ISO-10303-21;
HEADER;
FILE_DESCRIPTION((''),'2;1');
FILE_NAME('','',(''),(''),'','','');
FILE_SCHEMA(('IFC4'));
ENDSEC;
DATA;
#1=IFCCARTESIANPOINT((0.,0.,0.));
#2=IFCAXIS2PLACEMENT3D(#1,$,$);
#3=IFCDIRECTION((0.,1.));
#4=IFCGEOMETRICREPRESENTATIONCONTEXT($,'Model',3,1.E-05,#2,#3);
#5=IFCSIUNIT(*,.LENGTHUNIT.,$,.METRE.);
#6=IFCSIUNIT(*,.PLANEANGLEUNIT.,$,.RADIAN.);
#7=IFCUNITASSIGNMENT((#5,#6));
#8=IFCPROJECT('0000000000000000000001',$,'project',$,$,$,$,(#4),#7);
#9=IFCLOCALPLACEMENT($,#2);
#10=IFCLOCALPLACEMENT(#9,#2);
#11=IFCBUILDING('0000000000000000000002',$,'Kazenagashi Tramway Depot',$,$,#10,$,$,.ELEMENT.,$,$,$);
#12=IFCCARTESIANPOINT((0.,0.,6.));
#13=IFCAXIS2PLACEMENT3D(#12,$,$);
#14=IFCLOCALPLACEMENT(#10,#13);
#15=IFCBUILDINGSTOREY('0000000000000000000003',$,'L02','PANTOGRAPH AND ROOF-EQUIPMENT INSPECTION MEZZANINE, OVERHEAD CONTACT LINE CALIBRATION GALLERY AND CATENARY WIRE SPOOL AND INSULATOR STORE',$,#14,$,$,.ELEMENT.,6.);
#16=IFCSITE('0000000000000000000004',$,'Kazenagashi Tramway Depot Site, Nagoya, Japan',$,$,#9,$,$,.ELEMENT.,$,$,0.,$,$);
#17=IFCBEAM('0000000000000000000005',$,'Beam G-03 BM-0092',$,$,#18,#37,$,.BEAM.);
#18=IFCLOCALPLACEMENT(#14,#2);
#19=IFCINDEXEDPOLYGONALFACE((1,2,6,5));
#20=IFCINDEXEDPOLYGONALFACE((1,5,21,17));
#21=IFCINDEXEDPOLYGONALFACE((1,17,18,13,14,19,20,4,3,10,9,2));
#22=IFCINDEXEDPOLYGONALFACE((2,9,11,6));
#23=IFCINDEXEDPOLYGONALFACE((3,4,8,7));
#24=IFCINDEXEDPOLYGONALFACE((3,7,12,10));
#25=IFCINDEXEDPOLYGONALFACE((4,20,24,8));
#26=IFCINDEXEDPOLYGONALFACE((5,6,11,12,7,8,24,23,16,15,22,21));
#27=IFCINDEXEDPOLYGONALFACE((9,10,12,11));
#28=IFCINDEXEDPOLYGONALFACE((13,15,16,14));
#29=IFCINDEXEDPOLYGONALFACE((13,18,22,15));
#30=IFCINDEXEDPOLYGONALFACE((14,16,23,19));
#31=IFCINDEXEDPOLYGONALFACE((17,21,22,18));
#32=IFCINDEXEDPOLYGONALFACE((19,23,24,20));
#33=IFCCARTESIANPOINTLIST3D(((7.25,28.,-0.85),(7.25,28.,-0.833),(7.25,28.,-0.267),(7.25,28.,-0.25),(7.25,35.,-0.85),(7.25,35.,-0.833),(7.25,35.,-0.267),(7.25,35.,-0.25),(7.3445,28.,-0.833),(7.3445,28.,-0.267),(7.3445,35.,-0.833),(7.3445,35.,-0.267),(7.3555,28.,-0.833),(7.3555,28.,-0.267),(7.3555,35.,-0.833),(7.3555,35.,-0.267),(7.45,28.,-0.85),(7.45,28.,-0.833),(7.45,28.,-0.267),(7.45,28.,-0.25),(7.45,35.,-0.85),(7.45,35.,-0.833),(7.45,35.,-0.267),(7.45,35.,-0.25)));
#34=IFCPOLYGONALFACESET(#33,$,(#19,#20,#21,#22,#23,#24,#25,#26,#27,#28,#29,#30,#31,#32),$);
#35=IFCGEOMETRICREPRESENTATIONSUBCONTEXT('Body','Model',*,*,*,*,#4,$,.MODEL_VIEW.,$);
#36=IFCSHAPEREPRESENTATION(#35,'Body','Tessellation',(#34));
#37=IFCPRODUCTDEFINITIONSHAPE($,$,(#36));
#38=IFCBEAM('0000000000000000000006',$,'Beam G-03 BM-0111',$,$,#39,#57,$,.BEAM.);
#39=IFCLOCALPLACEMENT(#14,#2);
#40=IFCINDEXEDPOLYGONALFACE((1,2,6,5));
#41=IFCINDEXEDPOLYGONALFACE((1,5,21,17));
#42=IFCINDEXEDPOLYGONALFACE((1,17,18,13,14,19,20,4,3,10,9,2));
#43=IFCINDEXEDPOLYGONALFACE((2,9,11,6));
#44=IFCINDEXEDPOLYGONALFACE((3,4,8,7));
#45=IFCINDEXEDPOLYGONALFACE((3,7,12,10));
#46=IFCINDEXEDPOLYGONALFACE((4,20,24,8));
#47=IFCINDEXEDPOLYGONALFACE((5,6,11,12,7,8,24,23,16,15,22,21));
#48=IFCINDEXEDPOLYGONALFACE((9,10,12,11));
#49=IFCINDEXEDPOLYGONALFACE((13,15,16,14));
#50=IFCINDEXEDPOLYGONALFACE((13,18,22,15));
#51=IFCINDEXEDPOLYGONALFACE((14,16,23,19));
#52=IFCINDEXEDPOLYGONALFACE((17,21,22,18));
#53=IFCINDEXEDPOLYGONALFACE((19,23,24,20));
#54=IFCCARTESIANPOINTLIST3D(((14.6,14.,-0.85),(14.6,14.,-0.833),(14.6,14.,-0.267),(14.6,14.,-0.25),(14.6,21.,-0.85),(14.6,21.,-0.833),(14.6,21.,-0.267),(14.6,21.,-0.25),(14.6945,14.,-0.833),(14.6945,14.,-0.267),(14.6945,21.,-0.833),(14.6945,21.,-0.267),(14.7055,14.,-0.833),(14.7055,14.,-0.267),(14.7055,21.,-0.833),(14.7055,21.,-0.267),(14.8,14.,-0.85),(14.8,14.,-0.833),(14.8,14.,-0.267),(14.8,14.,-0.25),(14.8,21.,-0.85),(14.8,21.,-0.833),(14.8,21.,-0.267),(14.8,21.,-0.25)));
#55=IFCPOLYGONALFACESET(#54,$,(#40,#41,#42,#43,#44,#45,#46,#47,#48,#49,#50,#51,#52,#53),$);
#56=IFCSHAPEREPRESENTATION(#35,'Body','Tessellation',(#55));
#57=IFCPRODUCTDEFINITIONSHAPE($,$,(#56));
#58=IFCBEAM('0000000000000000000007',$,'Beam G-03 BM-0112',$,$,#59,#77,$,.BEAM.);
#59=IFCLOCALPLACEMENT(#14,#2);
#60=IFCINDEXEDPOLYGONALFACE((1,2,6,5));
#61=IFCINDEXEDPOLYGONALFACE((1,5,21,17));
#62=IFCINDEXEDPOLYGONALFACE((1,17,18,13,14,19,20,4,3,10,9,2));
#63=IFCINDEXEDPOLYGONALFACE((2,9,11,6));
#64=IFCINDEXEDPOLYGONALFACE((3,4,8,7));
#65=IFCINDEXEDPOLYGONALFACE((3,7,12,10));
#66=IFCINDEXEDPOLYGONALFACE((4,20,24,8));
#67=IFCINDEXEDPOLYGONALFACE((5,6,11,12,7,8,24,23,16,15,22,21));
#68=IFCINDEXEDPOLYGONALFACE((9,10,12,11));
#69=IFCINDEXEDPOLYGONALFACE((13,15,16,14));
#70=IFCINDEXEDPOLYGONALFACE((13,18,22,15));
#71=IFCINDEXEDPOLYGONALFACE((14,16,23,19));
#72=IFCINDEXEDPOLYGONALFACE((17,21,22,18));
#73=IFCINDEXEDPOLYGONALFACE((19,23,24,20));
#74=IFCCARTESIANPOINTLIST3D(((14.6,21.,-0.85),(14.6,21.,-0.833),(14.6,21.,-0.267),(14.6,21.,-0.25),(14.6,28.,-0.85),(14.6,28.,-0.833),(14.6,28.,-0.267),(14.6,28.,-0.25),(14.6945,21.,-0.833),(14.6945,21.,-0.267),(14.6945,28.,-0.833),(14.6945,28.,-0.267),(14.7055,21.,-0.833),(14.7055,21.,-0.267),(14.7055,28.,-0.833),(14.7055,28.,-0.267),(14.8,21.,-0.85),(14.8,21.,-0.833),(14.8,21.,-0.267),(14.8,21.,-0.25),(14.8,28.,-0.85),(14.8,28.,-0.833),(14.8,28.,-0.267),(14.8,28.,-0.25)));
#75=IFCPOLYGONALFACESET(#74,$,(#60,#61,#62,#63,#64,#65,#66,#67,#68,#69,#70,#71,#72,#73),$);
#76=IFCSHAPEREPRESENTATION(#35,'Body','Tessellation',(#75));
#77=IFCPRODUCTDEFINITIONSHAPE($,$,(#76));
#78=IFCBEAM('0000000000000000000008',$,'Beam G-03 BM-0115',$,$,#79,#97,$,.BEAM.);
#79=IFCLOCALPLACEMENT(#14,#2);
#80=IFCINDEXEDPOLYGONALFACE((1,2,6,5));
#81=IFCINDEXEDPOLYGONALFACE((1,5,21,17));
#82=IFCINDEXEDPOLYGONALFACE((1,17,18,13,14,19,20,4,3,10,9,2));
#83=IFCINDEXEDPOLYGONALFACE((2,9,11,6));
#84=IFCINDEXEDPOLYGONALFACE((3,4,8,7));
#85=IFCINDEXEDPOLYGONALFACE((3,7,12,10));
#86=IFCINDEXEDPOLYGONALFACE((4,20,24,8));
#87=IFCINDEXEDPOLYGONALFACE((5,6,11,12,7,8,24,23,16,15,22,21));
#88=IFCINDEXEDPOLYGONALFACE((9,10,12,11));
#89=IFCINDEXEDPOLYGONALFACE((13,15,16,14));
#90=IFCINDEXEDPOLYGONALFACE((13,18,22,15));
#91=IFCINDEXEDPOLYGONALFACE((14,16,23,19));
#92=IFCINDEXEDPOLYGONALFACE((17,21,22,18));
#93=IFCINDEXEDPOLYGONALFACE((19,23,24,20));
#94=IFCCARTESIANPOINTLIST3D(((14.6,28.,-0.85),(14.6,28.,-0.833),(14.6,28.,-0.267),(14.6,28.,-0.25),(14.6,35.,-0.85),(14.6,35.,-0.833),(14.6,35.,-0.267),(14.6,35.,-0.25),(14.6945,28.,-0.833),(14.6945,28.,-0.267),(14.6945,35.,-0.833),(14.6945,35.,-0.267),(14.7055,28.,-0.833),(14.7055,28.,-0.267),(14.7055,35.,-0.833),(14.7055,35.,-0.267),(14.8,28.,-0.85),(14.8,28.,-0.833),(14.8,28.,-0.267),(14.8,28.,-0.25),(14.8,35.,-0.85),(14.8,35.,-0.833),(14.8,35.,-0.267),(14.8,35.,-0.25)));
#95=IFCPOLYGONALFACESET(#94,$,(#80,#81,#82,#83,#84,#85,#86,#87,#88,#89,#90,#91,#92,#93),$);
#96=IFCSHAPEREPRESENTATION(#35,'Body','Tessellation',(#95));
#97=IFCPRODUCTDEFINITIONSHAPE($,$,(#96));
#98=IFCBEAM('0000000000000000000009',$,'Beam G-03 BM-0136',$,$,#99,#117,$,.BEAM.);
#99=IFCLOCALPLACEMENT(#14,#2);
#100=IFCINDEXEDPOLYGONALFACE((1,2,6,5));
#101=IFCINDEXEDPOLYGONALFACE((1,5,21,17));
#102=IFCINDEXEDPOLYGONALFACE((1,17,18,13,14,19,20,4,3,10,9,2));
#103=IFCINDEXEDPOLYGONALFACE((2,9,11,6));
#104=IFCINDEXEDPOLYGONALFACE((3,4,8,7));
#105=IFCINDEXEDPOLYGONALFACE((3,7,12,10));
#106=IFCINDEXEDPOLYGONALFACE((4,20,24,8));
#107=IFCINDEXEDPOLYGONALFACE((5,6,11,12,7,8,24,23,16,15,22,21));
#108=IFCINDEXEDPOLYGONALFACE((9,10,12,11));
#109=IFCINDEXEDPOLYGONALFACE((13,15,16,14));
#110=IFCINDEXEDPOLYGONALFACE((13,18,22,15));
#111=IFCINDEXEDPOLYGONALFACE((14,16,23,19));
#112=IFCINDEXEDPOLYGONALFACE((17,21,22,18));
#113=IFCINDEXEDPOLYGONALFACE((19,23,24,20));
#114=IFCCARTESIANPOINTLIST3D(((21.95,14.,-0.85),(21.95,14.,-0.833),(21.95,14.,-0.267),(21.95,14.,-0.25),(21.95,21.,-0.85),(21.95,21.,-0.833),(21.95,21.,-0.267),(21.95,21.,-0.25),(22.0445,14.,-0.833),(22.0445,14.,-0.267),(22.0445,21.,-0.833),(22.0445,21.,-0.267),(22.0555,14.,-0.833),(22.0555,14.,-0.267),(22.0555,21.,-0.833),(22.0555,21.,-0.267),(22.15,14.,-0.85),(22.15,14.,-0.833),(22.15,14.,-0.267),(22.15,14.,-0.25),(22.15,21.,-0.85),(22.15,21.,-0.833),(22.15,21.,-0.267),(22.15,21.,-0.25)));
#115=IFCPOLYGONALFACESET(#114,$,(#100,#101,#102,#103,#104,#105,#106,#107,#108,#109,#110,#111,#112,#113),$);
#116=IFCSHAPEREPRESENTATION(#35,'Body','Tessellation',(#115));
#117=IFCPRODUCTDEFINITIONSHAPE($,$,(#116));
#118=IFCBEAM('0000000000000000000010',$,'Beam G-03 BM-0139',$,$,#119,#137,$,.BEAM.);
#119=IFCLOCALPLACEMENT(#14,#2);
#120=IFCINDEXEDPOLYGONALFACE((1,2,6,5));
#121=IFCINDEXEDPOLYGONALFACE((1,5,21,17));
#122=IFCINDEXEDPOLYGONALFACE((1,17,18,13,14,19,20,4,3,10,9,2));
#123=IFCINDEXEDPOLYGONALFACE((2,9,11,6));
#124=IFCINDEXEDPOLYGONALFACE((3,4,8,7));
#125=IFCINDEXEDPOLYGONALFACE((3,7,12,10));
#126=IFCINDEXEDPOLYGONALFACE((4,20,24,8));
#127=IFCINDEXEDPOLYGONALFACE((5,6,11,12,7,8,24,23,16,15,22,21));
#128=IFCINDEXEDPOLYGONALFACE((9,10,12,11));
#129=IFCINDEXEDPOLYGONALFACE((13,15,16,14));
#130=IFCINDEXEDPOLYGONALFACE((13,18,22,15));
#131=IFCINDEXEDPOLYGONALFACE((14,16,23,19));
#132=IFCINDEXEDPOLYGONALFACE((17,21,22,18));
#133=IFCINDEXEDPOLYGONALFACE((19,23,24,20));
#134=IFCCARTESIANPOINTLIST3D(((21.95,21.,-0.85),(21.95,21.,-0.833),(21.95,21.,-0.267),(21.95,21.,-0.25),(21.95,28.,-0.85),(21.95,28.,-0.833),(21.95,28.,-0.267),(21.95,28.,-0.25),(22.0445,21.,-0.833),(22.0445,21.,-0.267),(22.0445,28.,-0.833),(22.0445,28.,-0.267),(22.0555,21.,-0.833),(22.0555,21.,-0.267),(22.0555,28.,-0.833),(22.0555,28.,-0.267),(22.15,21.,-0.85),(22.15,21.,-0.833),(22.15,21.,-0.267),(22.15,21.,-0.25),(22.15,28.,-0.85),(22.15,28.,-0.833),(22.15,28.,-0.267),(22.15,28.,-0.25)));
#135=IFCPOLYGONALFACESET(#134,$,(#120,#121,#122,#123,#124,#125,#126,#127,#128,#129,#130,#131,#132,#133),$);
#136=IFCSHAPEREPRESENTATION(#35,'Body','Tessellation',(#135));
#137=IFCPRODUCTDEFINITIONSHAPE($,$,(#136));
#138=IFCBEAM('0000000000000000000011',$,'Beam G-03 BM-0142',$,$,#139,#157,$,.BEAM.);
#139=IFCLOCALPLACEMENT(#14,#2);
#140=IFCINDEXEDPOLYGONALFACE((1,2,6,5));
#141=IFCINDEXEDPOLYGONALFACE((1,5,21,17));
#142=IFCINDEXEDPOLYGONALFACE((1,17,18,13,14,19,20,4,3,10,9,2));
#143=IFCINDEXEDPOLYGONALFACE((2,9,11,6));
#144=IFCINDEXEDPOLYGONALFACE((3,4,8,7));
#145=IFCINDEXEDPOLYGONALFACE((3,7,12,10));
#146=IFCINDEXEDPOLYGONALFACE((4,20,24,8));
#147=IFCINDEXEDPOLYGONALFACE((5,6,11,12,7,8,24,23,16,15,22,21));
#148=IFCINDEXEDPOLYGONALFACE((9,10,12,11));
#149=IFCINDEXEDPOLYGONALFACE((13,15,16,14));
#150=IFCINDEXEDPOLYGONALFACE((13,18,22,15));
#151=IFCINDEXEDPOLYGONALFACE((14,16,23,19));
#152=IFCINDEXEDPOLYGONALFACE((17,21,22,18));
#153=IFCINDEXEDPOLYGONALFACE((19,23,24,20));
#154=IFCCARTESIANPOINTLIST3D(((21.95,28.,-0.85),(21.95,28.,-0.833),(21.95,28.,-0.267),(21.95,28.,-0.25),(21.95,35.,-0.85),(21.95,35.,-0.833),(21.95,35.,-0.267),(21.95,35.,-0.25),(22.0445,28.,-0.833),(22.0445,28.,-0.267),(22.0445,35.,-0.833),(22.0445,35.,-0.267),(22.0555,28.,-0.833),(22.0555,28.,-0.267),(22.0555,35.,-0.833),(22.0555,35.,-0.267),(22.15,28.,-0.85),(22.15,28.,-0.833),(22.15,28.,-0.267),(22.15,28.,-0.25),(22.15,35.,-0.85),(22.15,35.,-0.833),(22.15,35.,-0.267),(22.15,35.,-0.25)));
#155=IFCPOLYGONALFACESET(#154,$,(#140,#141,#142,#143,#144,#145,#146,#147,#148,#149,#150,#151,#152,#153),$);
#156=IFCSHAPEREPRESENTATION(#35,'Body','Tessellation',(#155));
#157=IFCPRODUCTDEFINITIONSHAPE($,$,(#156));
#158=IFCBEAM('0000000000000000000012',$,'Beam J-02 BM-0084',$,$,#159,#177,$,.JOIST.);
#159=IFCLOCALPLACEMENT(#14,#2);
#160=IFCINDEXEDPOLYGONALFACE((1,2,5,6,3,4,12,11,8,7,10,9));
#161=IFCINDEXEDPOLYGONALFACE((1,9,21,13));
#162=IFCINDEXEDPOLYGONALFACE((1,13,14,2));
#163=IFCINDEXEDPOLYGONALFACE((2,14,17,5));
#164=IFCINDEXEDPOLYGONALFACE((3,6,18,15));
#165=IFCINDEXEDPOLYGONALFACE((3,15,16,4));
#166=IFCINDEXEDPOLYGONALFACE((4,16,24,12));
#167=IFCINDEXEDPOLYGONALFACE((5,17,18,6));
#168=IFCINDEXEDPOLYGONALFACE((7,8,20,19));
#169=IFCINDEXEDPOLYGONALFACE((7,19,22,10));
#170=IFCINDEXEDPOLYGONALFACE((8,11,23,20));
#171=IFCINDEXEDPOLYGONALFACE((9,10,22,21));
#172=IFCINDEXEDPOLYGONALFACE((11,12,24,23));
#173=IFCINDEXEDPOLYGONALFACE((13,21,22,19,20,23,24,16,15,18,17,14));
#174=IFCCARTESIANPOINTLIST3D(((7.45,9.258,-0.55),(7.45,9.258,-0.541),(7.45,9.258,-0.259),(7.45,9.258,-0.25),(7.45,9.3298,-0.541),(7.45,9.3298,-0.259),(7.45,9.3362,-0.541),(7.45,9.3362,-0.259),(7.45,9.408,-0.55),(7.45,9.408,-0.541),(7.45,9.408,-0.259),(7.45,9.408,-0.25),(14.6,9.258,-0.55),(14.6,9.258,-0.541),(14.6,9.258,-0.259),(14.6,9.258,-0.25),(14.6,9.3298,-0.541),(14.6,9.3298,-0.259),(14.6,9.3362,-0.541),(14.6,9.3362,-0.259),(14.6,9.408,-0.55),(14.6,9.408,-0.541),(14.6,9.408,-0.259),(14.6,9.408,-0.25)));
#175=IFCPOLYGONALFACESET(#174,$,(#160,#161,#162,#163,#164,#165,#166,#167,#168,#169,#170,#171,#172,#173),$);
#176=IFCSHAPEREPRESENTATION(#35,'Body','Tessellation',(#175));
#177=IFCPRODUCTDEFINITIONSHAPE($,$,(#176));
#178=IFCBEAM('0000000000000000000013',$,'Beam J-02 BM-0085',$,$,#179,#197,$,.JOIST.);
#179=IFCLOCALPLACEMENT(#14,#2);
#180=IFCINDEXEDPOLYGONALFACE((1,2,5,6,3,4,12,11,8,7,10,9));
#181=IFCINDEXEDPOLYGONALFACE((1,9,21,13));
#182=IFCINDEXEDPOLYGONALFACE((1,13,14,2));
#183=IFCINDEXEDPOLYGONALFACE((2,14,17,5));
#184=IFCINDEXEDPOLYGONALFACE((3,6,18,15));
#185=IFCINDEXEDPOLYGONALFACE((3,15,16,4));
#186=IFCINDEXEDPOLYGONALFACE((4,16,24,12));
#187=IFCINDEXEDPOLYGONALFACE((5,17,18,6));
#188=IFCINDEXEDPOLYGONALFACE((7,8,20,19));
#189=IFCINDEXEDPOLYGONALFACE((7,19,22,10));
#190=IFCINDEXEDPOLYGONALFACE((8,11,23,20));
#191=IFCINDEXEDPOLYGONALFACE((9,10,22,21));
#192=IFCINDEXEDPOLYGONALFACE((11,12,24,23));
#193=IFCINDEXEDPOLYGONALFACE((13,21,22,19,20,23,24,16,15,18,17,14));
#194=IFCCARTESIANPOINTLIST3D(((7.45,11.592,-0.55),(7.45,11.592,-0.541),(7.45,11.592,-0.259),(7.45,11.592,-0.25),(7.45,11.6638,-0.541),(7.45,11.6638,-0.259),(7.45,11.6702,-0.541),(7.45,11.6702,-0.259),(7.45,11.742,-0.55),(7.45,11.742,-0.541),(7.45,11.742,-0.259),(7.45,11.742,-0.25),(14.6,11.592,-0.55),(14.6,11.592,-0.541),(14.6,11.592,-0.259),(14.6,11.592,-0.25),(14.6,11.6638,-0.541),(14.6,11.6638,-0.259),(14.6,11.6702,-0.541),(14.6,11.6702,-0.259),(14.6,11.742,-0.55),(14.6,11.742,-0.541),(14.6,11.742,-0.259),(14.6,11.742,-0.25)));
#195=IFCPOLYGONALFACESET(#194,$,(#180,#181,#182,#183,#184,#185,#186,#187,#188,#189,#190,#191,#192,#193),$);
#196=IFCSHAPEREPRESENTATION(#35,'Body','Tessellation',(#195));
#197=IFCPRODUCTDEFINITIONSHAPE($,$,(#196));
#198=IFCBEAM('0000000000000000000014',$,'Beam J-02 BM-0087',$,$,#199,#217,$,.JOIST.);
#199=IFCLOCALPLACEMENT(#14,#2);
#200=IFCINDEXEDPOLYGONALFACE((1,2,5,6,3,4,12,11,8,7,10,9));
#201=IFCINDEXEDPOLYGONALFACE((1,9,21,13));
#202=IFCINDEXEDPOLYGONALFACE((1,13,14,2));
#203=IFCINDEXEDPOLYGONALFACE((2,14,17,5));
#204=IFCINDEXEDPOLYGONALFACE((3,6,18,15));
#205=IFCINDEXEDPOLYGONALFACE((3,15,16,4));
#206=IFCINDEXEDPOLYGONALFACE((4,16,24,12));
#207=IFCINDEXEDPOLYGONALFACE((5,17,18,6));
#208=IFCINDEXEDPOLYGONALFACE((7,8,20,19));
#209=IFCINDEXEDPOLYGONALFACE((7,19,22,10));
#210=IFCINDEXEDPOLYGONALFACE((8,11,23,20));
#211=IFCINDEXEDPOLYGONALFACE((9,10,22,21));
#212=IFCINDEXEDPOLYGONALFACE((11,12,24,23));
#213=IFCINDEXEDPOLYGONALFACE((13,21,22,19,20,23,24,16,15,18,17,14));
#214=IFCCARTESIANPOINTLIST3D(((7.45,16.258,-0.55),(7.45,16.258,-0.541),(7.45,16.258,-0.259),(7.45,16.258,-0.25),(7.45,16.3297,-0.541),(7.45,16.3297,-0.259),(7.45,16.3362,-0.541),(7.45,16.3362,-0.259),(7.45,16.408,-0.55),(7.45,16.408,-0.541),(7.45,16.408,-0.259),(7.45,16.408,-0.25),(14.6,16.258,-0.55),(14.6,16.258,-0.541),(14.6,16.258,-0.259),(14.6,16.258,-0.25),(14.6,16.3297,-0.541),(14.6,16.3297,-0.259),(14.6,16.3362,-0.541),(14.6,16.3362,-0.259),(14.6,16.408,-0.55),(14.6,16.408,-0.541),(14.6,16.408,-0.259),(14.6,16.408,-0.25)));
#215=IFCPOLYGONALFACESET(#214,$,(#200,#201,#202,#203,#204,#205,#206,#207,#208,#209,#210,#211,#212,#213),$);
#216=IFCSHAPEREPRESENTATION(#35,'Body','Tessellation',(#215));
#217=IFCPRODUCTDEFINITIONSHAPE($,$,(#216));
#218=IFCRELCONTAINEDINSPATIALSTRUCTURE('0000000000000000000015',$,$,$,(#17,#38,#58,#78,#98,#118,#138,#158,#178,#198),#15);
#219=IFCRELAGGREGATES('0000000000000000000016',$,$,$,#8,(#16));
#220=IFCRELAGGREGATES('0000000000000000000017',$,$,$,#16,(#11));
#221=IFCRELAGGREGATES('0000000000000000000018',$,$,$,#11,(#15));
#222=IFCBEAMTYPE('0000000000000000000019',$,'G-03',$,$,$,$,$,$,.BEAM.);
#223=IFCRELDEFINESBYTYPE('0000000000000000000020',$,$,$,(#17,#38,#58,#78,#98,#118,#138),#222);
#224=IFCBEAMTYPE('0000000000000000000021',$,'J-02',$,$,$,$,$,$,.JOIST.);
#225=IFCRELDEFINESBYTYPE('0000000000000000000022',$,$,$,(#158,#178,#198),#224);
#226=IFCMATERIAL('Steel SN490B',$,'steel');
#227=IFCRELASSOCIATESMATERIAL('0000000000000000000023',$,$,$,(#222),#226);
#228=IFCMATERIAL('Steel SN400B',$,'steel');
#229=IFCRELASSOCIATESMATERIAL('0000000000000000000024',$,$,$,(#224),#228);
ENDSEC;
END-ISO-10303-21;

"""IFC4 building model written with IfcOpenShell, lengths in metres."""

from ifc_helpers import new_model, si_unit, direction, frame, origin, origin_2d, place, context, subcontext, project, spatial, i_section, extrude, material, material_profile, profile_set, type_object, element, save


model = new_model("IFC4")

# Units and contexts
model_context = context("Model", 3, precision=1e-05, world=origin(), true_north=direction((0.0, 1.0)))
body_context = subcontext(model_context, "Body", "Model", "MODEL_VIEW")
ifc_project = project(units=[si_unit("LENGTHUNIT", "METRE"), si_unit("PLANEANGLEUNIT", "RADIAN")], contexts=[model_context])

# Site, building, storey
site_placement = place(None, origin())
site = spatial("IfcSite", under=ifc_project, at=site_placement, Name="Kazenagashi Tramway Depot Site, Nagoya, Japan", CompositionType="ELEMENT", RefElevation=0.0)
building_placement = place(site_placement, origin())
building = spatial("IfcBuilding", under=site, at=building_placement, Name="Kazenagashi Tramway Depot", CompositionType="ELEMENT")
storey_placement = place(building_placement, frame((0.0, 0.0, 6.0)))
storey = spatial("IfcBuildingStorey", under=building, at=storey_placement, Name="L02", Description="PANTOGRAPH AND ROOF-EQUIPMENT INSPECTION MEZZANINE, OVERHEAD CONTACT LINE CALIBRATION GALLERY AND CATENARY WIRE SPOOL AND INSULATOR STORE", CompositionType="ELEMENT", Elevation=6.0)

# Shared definitions
ifc_material_1 = material(Name="Steel SN490B", Category="steel")

# Beams
ifc_material_profile_1 = material_profile(ifc_material_1, i_section(OverallWidth=0.2, OverallDepth=0.6, WebThickness=0.011, FlangeThickness=0.017, at=origin_2d()), Name="H-600x200x11x17")
ifc_profile_set_1 = profile_set([ifc_material_profile_1], Name="Steel SN490B")
beam_type_1 = type_object("IfcBeamType", Name="G-03", PredefinedType="BEAM", material=ifc_profile_set_1)
for number, where, z_axis, x_axis, name in (
    (1, (7.35, 28.0, -0.55), (0.0, 1.0, 0.0), (-1.0, 0.0, 0.0), "Beam G-03 BM-0092"),
    (2, (14.7, 14.0, -0.55), (0.0, 1.0, 0.0), (-1.0, 0.0, 0.0), "Beam G-03 BM-0111"),
    (3, (14.7, 21.0, -0.55), (0.0, 1.0, 0.0), (-1.0, 0.0, 0.0), "Beam G-03 BM-0112"),
    (4, (14.7, 28.0, -0.55), (0.0, 1.0, 0.0), (-1.0, 0.0, 0.0), "Beam G-03 BM-0115"),
    (5, (22.05, 14.0, -0.55), (0.0, 1.0, 0.0), (-1.0, 0.0, 0.0), "Beam G-03 BM-0136"),
    (6, (22.05, 21.0, -0.55), (0.0, 1.0, 0.0), (-1.0, 0.0, 0.0), "Beam G-03 BM-0139"),
    (7, (22.05, 28.0, -0.55), (0.0, 1.0, 0.0), (-1.0, 0.0, 0.0), "Beam G-03 BM-0142"),
):
    element("IfcBeam", number, at=place(storey_placement, frame(where, z_axis=z_axis, x_axis=x_axis)), inside=storey, type_object=beam_type_1, Name=name, PredefinedType="BEAM", context=body_context, shape_type="SweptSolid", body=[
        extrude(i_section(OverallWidth=0.2, OverallDepth=0.6, WebThickness=0.011, FlangeThickness=0.017, at=origin_2d()), origin(), (0.0, 0.0, 1.0), 7.0),
    ])
ifc_material_2 = material(Name="Steel SN400B", Category="steel")
ifc_material_profile_2 = material_profile(ifc_material_2, i_section(OverallWidth=0.15, OverallDepth=0.3, WebThickness=0.0065, FlangeThickness=0.009, at=origin_2d()), Name="H-300x150x6.5x9")
ifc_profile_set_2 = profile_set([ifc_material_profile_2], Name="Steel SN400B")
beam_type_2 = type_object("IfcBeamType", Name="J-02", PredefinedType="JOIST", material=ifc_profile_set_2)
for number, where, z_axis, x_axis, name in (
    (8, (7.45, 9.333, -0.4), (1.0, 0.0, 0.0), (0.0, 1.0, 0.0), "Beam J-02 BM-0084"),
    (9, (7.45, 11.667, -0.4), (1.0, 0.0, 0.0), (0.0, 1.0, 0.0), "Beam J-02 BM-0085"),
    (10, (7.45, 16.333, -0.4), (1.0, 0.0, 0.0), (0.0, 1.0, 0.0), "Beam J-02 BM-0087"),
):
    element("IfcBeam", number, at=place(storey_placement, frame(where, z_axis=z_axis, x_axis=x_axis)), inside=storey, type_object=beam_type_2, Name=name, PredefinedType="JOIST", context=body_context, shape_type="SweptSolid", body=[
        extrude(i_section(OverallWidth=0.15, OverallDepth=0.3, WebThickness=0.0065, FlangeThickness=0.009, at=origin_2d()), origin(), (0.0, 0.0, 1.0), 7.15),
    ])

save(model, "model.ifc")
